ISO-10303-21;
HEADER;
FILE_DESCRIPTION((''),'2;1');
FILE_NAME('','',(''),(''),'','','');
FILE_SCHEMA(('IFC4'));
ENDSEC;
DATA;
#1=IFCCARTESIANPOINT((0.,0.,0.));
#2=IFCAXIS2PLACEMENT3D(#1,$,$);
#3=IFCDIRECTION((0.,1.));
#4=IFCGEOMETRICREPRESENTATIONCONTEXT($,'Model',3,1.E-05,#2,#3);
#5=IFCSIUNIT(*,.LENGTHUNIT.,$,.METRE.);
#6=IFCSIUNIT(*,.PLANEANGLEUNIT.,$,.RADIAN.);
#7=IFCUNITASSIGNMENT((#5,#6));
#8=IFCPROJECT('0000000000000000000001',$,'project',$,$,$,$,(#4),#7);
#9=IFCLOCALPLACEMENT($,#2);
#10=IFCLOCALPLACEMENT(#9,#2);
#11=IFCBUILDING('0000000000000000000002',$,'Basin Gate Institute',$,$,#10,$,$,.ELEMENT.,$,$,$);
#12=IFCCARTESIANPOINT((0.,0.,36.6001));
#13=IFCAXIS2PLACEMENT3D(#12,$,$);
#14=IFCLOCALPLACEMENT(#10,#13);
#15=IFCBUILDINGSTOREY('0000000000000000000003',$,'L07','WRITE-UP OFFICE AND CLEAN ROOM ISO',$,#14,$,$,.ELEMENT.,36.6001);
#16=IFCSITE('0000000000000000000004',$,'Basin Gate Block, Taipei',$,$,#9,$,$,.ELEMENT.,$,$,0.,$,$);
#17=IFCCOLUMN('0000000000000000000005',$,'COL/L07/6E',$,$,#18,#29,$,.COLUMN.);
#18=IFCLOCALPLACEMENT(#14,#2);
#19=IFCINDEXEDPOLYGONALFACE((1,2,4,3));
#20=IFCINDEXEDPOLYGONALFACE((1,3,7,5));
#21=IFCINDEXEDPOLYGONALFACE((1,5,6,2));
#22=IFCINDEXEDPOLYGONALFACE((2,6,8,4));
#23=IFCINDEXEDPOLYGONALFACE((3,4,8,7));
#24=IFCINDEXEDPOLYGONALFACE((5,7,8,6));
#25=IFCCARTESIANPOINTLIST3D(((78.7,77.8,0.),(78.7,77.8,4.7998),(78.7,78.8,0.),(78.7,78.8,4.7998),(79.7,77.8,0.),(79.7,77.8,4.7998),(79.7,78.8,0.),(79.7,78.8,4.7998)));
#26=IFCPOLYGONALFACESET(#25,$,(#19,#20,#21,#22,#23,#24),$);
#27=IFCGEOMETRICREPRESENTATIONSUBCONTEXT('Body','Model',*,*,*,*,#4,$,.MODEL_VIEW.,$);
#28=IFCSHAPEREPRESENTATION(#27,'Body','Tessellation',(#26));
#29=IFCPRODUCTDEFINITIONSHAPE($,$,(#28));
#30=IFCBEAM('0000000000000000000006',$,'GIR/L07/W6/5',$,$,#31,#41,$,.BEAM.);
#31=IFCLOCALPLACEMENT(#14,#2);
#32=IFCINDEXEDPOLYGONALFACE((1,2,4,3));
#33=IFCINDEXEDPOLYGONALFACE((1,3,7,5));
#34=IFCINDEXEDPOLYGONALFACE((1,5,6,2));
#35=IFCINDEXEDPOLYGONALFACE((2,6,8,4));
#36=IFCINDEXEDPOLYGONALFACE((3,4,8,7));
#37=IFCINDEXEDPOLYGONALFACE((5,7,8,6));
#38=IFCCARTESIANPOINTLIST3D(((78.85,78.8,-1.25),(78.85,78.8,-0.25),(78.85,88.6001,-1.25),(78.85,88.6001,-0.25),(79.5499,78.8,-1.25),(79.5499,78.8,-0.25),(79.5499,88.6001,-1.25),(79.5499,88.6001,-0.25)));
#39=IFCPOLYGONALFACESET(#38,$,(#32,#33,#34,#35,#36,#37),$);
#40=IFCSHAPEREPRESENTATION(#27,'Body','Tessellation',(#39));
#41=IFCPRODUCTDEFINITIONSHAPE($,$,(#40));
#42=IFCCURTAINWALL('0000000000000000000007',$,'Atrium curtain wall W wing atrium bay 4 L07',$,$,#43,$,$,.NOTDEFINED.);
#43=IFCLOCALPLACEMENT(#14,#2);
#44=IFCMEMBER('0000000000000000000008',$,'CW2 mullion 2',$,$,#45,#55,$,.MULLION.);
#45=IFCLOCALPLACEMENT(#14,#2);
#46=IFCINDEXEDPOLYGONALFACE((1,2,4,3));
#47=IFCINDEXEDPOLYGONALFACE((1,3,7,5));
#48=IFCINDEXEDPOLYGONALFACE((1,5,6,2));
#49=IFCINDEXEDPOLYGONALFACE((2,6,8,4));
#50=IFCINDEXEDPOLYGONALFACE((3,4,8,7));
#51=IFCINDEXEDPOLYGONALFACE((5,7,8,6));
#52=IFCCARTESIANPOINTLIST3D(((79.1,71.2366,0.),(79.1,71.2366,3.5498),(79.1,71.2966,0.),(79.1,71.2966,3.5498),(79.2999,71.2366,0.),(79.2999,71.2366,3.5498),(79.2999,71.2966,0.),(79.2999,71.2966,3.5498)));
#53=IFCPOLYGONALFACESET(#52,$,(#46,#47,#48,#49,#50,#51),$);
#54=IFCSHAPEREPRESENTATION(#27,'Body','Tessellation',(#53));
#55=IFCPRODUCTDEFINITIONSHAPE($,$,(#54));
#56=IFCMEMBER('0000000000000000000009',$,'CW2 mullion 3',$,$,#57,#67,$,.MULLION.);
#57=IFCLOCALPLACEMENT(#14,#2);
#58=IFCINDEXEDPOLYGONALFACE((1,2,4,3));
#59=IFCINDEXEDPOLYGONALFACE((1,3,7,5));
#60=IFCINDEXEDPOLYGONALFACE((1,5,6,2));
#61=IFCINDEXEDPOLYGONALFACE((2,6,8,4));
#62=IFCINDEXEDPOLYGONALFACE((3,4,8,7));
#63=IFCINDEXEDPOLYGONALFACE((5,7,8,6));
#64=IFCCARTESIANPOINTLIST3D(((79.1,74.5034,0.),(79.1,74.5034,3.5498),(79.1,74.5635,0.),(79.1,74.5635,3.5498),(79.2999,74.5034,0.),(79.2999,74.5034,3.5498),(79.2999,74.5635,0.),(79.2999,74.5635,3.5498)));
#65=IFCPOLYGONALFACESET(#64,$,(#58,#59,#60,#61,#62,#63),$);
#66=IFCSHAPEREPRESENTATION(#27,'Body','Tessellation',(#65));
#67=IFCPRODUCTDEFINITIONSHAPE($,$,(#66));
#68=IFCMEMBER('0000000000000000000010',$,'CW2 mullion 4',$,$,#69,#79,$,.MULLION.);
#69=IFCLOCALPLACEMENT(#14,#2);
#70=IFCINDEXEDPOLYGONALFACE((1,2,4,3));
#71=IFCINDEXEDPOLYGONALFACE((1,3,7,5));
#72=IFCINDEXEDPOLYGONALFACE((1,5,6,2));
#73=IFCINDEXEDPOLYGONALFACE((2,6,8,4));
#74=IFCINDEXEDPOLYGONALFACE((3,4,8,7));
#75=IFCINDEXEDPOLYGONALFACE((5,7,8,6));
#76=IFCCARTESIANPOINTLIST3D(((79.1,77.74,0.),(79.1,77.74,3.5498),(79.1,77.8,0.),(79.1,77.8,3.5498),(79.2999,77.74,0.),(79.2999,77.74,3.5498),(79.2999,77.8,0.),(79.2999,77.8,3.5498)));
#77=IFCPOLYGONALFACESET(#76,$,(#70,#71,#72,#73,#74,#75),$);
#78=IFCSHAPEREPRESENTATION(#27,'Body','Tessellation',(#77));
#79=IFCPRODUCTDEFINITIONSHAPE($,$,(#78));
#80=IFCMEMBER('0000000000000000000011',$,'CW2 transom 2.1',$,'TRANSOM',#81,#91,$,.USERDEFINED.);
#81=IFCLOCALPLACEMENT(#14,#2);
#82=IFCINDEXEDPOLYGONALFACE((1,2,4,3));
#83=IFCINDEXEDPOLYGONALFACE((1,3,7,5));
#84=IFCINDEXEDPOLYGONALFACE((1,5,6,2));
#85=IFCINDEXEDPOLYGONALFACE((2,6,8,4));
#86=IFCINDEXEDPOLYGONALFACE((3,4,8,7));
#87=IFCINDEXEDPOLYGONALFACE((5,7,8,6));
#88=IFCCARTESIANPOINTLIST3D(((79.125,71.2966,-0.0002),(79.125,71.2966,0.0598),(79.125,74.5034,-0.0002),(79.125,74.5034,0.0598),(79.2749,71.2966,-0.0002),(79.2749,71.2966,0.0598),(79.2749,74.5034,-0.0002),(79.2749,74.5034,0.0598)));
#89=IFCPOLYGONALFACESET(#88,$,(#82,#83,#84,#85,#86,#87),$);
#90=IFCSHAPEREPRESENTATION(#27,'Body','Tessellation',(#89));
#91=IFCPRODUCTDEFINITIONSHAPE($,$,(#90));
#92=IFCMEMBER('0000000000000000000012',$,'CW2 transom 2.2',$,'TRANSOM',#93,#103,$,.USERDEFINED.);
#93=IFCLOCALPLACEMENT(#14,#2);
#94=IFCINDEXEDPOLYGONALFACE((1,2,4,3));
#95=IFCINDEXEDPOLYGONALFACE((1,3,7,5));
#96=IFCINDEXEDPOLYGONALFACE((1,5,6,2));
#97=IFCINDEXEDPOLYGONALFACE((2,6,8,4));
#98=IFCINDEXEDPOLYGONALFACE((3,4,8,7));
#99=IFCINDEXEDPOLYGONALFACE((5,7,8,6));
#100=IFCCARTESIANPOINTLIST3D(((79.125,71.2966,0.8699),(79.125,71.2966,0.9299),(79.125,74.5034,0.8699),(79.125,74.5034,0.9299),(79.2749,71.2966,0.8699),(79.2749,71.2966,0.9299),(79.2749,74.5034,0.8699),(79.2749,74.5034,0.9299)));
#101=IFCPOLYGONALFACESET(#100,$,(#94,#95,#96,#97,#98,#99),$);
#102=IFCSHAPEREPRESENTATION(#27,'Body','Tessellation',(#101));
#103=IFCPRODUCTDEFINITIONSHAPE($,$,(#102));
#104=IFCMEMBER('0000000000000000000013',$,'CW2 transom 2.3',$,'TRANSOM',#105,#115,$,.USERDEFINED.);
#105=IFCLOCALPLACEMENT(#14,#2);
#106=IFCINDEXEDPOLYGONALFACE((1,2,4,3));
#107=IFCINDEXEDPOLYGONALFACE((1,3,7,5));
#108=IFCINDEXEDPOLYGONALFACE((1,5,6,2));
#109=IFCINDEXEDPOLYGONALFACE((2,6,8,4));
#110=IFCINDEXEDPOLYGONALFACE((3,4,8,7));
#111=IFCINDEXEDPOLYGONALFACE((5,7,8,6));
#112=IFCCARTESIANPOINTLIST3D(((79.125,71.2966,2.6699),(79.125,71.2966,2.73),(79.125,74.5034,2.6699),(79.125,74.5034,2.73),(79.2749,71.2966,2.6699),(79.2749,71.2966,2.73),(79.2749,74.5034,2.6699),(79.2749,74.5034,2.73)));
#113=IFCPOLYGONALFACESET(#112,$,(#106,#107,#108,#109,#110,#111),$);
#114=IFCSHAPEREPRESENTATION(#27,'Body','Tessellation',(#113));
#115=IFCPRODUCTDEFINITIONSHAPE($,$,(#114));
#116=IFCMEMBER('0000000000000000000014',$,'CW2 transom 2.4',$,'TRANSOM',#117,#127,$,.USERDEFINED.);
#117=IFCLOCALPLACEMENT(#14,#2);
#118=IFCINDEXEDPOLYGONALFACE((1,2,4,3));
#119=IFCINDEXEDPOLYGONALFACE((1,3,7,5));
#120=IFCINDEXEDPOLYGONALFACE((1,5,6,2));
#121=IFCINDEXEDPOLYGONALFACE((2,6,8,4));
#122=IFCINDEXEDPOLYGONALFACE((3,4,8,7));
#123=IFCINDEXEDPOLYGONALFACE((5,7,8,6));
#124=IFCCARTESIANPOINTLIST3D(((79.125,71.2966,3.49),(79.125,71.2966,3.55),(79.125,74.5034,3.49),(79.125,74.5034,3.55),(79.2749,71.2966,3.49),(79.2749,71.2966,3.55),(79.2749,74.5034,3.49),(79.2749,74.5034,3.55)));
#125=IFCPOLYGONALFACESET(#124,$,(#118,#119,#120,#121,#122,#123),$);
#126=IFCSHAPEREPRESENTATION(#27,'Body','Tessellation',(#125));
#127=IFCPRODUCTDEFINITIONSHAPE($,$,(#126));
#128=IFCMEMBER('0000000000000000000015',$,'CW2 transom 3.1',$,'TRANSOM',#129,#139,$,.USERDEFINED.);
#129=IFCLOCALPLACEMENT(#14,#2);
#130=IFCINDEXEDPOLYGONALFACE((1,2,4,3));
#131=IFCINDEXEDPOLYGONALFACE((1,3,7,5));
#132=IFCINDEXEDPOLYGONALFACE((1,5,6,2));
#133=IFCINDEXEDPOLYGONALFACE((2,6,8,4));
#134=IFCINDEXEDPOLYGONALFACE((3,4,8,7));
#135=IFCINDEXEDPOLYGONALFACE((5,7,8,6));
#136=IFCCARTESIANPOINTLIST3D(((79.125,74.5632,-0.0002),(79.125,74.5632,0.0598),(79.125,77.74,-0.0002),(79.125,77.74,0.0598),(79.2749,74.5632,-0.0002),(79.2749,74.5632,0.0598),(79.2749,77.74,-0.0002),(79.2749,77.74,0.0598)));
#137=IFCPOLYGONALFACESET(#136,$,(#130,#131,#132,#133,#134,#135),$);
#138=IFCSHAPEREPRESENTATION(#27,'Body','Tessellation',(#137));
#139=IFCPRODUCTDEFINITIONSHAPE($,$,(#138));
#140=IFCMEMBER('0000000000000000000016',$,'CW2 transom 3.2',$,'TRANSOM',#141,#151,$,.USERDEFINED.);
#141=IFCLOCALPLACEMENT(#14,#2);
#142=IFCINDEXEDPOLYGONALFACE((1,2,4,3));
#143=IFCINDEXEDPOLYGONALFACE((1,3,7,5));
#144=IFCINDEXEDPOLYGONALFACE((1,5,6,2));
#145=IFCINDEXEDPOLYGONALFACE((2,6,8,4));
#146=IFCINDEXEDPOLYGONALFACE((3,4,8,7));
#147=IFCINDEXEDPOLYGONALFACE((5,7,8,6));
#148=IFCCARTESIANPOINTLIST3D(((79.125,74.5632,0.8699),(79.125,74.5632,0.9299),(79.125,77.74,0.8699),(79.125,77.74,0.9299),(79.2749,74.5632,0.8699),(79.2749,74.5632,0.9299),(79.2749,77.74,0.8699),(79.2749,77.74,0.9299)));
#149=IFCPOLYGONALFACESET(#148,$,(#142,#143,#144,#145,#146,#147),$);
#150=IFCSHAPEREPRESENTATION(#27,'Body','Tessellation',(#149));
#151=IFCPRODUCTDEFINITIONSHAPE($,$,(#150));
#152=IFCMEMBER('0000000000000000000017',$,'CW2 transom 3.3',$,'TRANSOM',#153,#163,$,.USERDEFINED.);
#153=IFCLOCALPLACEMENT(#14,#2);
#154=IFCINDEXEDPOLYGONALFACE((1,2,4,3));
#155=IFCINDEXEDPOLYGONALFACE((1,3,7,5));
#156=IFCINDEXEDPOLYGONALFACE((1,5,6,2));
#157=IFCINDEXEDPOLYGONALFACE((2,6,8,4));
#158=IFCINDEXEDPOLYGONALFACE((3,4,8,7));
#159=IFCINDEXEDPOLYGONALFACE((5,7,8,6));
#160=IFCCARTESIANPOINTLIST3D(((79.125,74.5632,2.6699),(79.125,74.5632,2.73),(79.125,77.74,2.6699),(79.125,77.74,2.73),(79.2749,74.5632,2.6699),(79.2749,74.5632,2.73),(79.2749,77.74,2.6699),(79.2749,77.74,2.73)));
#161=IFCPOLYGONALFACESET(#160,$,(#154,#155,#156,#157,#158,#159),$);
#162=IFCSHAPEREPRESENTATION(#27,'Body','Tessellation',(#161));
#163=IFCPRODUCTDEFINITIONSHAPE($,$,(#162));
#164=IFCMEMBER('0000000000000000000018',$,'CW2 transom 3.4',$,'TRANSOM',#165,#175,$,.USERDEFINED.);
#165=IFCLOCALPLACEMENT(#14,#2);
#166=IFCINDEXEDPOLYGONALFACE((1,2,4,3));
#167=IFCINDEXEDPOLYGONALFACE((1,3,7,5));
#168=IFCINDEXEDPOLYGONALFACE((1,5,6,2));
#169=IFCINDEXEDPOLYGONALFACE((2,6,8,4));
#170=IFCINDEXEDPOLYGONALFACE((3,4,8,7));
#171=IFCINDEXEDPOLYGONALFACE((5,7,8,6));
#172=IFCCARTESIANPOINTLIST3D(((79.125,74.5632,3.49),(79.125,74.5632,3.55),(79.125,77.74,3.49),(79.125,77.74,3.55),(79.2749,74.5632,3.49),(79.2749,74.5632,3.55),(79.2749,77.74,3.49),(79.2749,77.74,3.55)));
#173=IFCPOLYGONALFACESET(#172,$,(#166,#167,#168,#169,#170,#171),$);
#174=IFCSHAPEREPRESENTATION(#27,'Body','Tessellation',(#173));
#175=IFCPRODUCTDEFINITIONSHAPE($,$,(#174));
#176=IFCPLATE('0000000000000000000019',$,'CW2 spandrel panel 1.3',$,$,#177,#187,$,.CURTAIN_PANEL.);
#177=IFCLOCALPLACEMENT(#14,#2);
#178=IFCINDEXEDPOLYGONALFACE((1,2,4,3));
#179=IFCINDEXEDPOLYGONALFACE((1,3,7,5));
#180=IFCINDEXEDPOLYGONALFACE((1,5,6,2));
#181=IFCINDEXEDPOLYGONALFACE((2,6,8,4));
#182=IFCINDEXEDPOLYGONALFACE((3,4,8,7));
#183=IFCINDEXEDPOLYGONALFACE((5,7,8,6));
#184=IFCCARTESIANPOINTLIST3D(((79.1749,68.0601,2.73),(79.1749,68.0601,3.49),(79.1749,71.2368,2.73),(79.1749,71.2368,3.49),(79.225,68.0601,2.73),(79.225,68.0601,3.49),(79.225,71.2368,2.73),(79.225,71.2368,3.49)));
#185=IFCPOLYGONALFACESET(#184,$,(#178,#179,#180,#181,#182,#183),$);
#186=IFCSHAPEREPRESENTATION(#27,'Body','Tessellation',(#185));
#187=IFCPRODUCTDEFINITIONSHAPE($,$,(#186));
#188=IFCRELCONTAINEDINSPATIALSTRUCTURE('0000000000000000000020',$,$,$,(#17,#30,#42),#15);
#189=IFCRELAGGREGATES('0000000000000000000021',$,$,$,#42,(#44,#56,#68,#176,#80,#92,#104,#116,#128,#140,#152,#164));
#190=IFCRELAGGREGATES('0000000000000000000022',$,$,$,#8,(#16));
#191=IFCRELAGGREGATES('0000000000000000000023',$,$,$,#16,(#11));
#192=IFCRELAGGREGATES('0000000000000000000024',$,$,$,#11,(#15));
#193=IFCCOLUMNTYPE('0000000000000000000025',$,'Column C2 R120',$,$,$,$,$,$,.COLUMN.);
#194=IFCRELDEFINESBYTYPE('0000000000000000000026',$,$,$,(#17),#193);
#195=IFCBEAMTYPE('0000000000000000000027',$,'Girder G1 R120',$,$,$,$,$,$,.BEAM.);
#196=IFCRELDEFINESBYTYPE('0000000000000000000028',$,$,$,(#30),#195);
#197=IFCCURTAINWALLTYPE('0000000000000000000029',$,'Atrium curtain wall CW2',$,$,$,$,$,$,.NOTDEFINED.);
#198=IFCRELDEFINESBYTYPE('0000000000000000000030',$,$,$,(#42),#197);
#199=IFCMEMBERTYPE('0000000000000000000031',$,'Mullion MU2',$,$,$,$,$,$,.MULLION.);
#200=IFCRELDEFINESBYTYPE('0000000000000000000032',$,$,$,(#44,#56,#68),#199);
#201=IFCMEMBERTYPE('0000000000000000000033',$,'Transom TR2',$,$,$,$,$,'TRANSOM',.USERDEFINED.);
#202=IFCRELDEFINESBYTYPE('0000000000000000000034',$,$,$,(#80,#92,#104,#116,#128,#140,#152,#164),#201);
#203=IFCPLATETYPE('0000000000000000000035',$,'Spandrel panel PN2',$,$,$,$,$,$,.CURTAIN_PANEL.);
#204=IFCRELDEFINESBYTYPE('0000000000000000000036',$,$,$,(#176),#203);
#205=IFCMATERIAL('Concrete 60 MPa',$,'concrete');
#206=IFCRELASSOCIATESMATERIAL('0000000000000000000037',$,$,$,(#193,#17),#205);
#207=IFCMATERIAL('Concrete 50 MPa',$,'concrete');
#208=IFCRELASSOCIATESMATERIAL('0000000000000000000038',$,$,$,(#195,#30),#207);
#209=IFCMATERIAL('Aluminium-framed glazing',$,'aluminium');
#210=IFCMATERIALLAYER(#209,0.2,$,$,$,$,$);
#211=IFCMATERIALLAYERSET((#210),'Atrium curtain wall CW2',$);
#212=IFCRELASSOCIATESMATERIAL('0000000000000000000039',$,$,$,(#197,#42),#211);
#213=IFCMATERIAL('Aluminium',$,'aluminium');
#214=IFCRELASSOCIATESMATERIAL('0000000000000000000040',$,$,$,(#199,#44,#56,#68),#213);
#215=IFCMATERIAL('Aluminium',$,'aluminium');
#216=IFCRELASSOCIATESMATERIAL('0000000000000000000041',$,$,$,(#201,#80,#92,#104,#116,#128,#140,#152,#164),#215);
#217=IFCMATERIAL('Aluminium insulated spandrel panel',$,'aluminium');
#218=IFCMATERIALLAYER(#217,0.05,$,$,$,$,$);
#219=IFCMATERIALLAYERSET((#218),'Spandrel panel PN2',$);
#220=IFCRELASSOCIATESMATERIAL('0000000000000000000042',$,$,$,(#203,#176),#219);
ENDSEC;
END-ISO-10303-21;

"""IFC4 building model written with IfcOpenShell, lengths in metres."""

from ifc_helpers import new_model, si_unit, direction, frame, origin, origin_2d, place, context, subcontext, project, spatial, rectangle, extrude, material, layer, layer_set, material_profile, profile_set, type_object, element, aggregate, save


model = new_model("IFC4")

# Units and contexts
model_context = context("Model", 3, precision=1e-05, world=origin(), true_north=direction((0.0, 1.0)))
body_context = subcontext(model_context, "Body", "Model", "MODEL_VIEW")
ifc_project = project(units=[si_unit("LENGTHUNIT", "METRE"), si_unit("PLANEANGLEUNIT", "RADIAN")], contexts=[model_context])

# Site, building, storey
site_placement = place(None, origin())
site = spatial("IfcSite", under=ifc_project, at=site_placement, Name="Basin Gate Block, Taipei", CompositionType="ELEMENT", RefElevation=0.0)
building_placement = place(site_placement, origin())
building = spatial("IfcBuilding", under=site, at=building_placement, Name="Basin Gate Institute", CompositionType="ELEMENT")
storey_placement = place(building_placement, frame((0.0, 0.0, 36.6001)))
storey = spatial("IfcBuildingStorey", under=building, at=storey_placement, Name="L07", Description="WRITE-UP OFFICE AND CLEAN ROOM ISO", CompositionType="ELEMENT", Elevation=36.6001)

# Column
ifc_material_1 = material(Name="Concrete 60 MPa", Category="concrete")
ifc_material_profile_1 = material_profile(ifc_material_1, rectangle(XDim=1.0, YDim=1.0, at=origin_2d()), Name="Column C2 1000 x 1000")
ifc_profile_set_1 = profile_set([ifc_material_profile_1], Name="Concrete 60 MPa")
column_type = type_object("IfcColumnType", Name="Column C2 R120", PredefinedType="COLUMN", material=ifc_profile_set_1)
column_placement = place(storey_placement, frame((79.2, 78.3, 0.0), z_axis=(0.0, 0.0, 1.0), x_axis=(1.0, 0.0, 0.0)))
element("IfcColumn", 1, at=column_placement, inside=storey, type_object=column_type, material=ifc_profile_set_1, Name="COL/L07/6E", PredefinedType="COLUMN", context=body_context, shape_type="SweptSolid", body=[
    extrude(rectangle(XDim=1.0, YDim=1.0, at=origin_2d()), origin(), (0.0, 0.0, 1.0), 4.7998),
])

# Beam
ifc_material_2 = material(Name="Concrete 50 MPa", Category="concrete")
ifc_material_profile_2 = material_profile(ifc_material_2, rectangle(XDim=0.7, YDim=1.0, at=origin_2d()), Name="Girder G1 700 x 1000")
ifc_profile_set_2 = profile_set([ifc_material_profile_2], Name="Concrete 50 MPa")
beam_type = type_object("IfcBeamType", Name="Girder G1 R120", PredefinedType="BEAM", material=ifc_profile_set_2)
beam_placement = place(storey_placement, frame((79.2, 78.8, -0.75), z_axis=(0.0, 1.0, 0.0), x_axis=(-1.0, 0.0, 0.0)))
element("IfcBeam", 2, at=beam_placement, inside=storey, type_object=beam_type, material=ifc_profile_set_2, Name="GIR/L07/W6/5", PredefinedType="BEAM", context=body_context, shape_type="SweptSolid", body=[
    extrude(rectangle(XDim=0.7, YDim=1.0, at=origin_2d()), origin(), (0.0, 0.0, 1.0), 9.8),
])

# Curtain wall, members, plate
ifc_material_3 = material(Name="Aluminium-framed glazing", Category="aluminium")
ifc_layer_1 = layer(ifc_material_3, 0.2)
ifc_layer_set_1 = layer_set([ifc_layer_1], Name="Atrium curtain wall CW2")
curtain_wall_type = type_object("IfcCurtainWallType", Name="Atrium curtain wall CW2", PredefinedType="NOTDEFINED", material=ifc_layer_set_1)
curtain_wall_placement = place(storey_placement, origin())
curtain_wall = element("IfcCurtainWall", 3, at=curtain_wall_placement, inside=storey, type_object=curtain_wall_type, material=ifc_layer_set_1, Name="Atrium curtain wall W wing atrium bay 4 L07", PredefinedType="NOTDEFINED")
ifc_material_4 = material(Name="Aluminium", Category="aluminium")
ifc_material_profile_3 = material_profile(ifc_material_4, rectangle(XDim=0.2, YDim=0.0601, at=origin_2d()), Name="Mullion MU2 200 x 60")
ifc_profile_set_3 = profile_set([ifc_material_profile_3], Name="Aluminium")
member_type_1 = type_object("IfcMemberType", Name="Mullion MU2", PredefinedType="MULLION", material=ifc_profile_set_3)
member_1_placement = place(storey_placement, frame((79.2, 71.2666, 0.0), z_axis=(0.0, 0.0, 1.0), x_axis=(-1.0, 0.0, 0.0)))
member_1 = element("IfcMember", 4, at=member_1_placement, type_object=member_type_1, material=ifc_profile_set_3, Name="CW2 mullion 2", PredefinedType="MULLION", context=body_context, shape_type="SweptSolid", body=[
    extrude(rectangle(XDim=0.2, YDim=0.0601, at=origin_2d()), origin(), (0.0, 0.0, 1.0), 3.5498),
])
member_2_placement = place(storey_placement, frame((79.2, 74.5334, 0.0), z_axis=(0.0, 0.0, 1.0), x_axis=(-1.0, 0.0, 0.0)))
member_2 = element("IfcMember", 5, at=member_2_placement, type_object=member_type_1, material=ifc_profile_set_3, Name="CW2 mullion 3", PredefinedType="MULLION", context=body_context, shape_type="SweptSolid", body=[
    extrude(rectangle(XDim=0.2, YDim=0.0601, at=origin_2d()), origin(), (0.0, 0.0, 1.0), 3.5498),
])
member_3_placement = place(storey_placement, frame((79.2, 77.77, 0.0), z_axis=(0.0, 0.0, 1.0), x_axis=(-1.0, 0.0, 0.0)))
member_3 = element("IfcMember", 6, at=member_3_placement, type_object=member_type_1, material=ifc_profile_set_3, Name="CW2 mullion 4", PredefinedType="MULLION", context=body_context, shape_type="SweptSolid", body=[
    extrude(rectangle(XDim=0.2, YDim=0.0601, at=origin_2d()), origin(), (0.0, 0.0, 1.0), 3.5498),
])
ifc_material_5 = material(Name="Aluminium", Category="aluminium")
ifc_material_profile_4 = material_profile(ifc_material_5, rectangle(XDim=0.1499, YDim=0.0601, at=origin_2d()), Name="Transom TR2 150 x 60")
ifc_profile_set_4 = profile_set([ifc_material_profile_4], Name="Aluminium")
member_type_2 = type_object("IfcMemberType", Name="Transom TR2", ElementType="TRANSOM", PredefinedType="USERDEFINED", material=ifc_profile_set_4)
member_4_placement = place(storey_placement, frame((79.2, 71.2966, 0.0298), z_axis=(0.0, 1.0, 0.0), x_axis=(-1.0, 0.0, 0.0)))
member_4 = element("IfcMember", 7, at=member_4_placement, type_object=member_type_2, material=ifc_profile_set_4, Name="CW2 transom 2.1", ObjectType="TRANSOM", PredefinedType="USERDEFINED", context=body_context, shape_type="SweptSolid", body=[
    extrude(rectangle(XDim=0.1499, YDim=0.0601, at=origin_2d()), origin(), (0.0, 0.0, 1.0), 3.2068),
])
member_5_placement = place(storey_placement, frame((79.2, 71.2966, 0.8999), z_axis=(0.0, 1.0, 0.0), x_axis=(-1.0, 0.0, 0.0)))
member_5 = element("IfcMember", 8, at=member_5_placement, type_object=member_type_2, material=ifc_profile_set_4, Name="CW2 transom 2.2", ObjectType="TRANSOM", PredefinedType="USERDEFINED", context=body_context, shape_type="SweptSolid", body=[
    extrude(rectangle(XDim=0.1499, YDim=0.0601, at=origin_2d()), origin(), (0.0, 0.0, 1.0), 3.2068),
])
member_6_placement = place(storey_placement, frame((79.2, 71.2966, 2.7), z_axis=(0.0, 1.0, 0.0), x_axis=(-1.0, 0.0, 0.0)))
member_6 = element("IfcMember", 9, at=member_6_placement, type_object=member_type_2, material=ifc_profile_set_4, Name="CW2 transom 2.3", ObjectType="TRANSOM", PredefinedType="USERDEFINED", context=body_context, shape_type="SweptSolid", body=[
    extrude(rectangle(XDim=0.1499, YDim=0.0601, at=origin_2d()), origin(), (0.0, 0.0, 1.0), 3.2068),
])
member_7_placement = place(storey_placement, frame((79.2, 71.2966, 3.52), z_axis=(0.0, 1.0, 0.0), x_axis=(-1.0, 0.0, 0.0)))
member_7 = element("IfcMember", 10, at=member_7_placement, type_object=member_type_2, material=ifc_profile_set_4, Name="CW2 transom 2.4", ObjectType="TRANSOM", PredefinedType="USERDEFINED", context=body_context, shape_type="SweptSolid", body=[
    extrude(rectangle(XDim=0.1499, YDim=0.0601, at=origin_2d()), origin(), (0.0, 0.0, 1.0), 3.2068),
])
member_8_placement = place(storey_placement, frame((79.2, 74.5632, 0.0298), z_axis=(0.0, 1.0, 0.0), x_axis=(-1.0, 0.0, 0.0)))
member_8 = element("IfcMember", 11, at=member_8_placement, type_object=member_type_2, material=ifc_profile_set_4, Name="CW2 transom 3.1", ObjectType="TRANSOM", PredefinedType="USERDEFINED", context=body_context, shape_type="SweptSolid", body=[
    extrude(rectangle(XDim=0.1499, YDim=0.0601, at=origin_2d()), origin(), (0.0, 0.0, 1.0), 3.1768),
])
member_9_placement = place(storey_placement, frame((79.2, 74.5632, 0.8999), z_axis=(0.0, 1.0, 0.0), x_axis=(-1.0, 0.0, 0.0)))
member_9 = element("IfcMember", 12, at=member_9_placement, type_object=member_type_2, material=ifc_profile_set_4, Name="CW2 transom 3.2", ObjectType="TRANSOM", PredefinedType="USERDEFINED", context=body_context, shape_type="SweptSolid", body=[
    extrude(rectangle(XDim=0.1499, YDim=0.0601, at=origin_2d()), origin(), (0.0, 0.0, 1.0), 3.1768),
])
member_10_placement = place(storey_placement, frame((79.2, 74.5632, 2.7), z_axis=(0.0, 1.0, 0.0), x_axis=(-1.0, 0.0, 0.0)))
member_10 = element("IfcMember", 13, at=member_10_placement, type_object=member_type_2, material=ifc_profile_set_4, Name="CW2 transom 3.3", ObjectType="TRANSOM", PredefinedType="USERDEFINED", context=body_context, shape_type="SweptSolid", body=[
    extrude(rectangle(XDim=0.1499, YDim=0.0601, at=origin_2d()), origin(), (0.0, 0.0, 1.0), 3.1768),
])
member_11_placement = place(storey_placement, frame((79.2, 74.5632, 3.52), z_axis=(0.0, 1.0, 0.0), x_axis=(-1.0, 0.0, 0.0)))
member_11 = element("IfcMember", 14, at=member_11_placement, type_object=member_type_2, material=ifc_profile_set_4, Name="CW2 transom 3.4", ObjectType="TRANSOM", PredefinedType="USERDEFINED", context=body_context, shape_type="SweptSolid", body=[
    extrude(rectangle(XDim=0.1499, YDim=0.0601, at=origin_2d()), origin(), (0.0, 0.0, 1.0), 3.1768),
])
ifc_material_6 = material(Name="Aluminium insulated spandrel panel", Category="aluminium")
ifc_layer_2 = layer(ifc_material_6, 0.05)
ifc_layer_set_2 = layer_set([ifc_layer_2], Name="Spandrel panel PN2")
plate_type_1 = type_object("IfcPlateType", Name="Spandrel panel PN2", PredefinedType="CURTAIN_PANEL", material=ifc_layer_set_2)
plate_1_placement = place(storey_placement, frame((79.2, 69.6484, 2.73), z_axis=(0.0, 0.0, 1.0), x_axis=(0.0, 1.0, 0.0)))
plate_1 = element("IfcPlate", 15, at=plate_1_placement, type_object=plate_type_1, material=ifc_layer_set_2, Name="CW2 spandrel panel 1.3", PredefinedType="CURTAIN_PANEL", context=body_context, shape_type="SweptSolid", body=[
    extrude(rectangle(XDim=3.1768, YDim=0.05, at=origin_2d()), origin(), (0.0, 0.0, 1.0), 0.76),
])
aggregate(curtain_wall, [member_1, member_2, member_3, plate_1, member_4, member_5, member_6, member_7, member_8, member_9, member_10, member_11])

save(model, "model.ifc")
